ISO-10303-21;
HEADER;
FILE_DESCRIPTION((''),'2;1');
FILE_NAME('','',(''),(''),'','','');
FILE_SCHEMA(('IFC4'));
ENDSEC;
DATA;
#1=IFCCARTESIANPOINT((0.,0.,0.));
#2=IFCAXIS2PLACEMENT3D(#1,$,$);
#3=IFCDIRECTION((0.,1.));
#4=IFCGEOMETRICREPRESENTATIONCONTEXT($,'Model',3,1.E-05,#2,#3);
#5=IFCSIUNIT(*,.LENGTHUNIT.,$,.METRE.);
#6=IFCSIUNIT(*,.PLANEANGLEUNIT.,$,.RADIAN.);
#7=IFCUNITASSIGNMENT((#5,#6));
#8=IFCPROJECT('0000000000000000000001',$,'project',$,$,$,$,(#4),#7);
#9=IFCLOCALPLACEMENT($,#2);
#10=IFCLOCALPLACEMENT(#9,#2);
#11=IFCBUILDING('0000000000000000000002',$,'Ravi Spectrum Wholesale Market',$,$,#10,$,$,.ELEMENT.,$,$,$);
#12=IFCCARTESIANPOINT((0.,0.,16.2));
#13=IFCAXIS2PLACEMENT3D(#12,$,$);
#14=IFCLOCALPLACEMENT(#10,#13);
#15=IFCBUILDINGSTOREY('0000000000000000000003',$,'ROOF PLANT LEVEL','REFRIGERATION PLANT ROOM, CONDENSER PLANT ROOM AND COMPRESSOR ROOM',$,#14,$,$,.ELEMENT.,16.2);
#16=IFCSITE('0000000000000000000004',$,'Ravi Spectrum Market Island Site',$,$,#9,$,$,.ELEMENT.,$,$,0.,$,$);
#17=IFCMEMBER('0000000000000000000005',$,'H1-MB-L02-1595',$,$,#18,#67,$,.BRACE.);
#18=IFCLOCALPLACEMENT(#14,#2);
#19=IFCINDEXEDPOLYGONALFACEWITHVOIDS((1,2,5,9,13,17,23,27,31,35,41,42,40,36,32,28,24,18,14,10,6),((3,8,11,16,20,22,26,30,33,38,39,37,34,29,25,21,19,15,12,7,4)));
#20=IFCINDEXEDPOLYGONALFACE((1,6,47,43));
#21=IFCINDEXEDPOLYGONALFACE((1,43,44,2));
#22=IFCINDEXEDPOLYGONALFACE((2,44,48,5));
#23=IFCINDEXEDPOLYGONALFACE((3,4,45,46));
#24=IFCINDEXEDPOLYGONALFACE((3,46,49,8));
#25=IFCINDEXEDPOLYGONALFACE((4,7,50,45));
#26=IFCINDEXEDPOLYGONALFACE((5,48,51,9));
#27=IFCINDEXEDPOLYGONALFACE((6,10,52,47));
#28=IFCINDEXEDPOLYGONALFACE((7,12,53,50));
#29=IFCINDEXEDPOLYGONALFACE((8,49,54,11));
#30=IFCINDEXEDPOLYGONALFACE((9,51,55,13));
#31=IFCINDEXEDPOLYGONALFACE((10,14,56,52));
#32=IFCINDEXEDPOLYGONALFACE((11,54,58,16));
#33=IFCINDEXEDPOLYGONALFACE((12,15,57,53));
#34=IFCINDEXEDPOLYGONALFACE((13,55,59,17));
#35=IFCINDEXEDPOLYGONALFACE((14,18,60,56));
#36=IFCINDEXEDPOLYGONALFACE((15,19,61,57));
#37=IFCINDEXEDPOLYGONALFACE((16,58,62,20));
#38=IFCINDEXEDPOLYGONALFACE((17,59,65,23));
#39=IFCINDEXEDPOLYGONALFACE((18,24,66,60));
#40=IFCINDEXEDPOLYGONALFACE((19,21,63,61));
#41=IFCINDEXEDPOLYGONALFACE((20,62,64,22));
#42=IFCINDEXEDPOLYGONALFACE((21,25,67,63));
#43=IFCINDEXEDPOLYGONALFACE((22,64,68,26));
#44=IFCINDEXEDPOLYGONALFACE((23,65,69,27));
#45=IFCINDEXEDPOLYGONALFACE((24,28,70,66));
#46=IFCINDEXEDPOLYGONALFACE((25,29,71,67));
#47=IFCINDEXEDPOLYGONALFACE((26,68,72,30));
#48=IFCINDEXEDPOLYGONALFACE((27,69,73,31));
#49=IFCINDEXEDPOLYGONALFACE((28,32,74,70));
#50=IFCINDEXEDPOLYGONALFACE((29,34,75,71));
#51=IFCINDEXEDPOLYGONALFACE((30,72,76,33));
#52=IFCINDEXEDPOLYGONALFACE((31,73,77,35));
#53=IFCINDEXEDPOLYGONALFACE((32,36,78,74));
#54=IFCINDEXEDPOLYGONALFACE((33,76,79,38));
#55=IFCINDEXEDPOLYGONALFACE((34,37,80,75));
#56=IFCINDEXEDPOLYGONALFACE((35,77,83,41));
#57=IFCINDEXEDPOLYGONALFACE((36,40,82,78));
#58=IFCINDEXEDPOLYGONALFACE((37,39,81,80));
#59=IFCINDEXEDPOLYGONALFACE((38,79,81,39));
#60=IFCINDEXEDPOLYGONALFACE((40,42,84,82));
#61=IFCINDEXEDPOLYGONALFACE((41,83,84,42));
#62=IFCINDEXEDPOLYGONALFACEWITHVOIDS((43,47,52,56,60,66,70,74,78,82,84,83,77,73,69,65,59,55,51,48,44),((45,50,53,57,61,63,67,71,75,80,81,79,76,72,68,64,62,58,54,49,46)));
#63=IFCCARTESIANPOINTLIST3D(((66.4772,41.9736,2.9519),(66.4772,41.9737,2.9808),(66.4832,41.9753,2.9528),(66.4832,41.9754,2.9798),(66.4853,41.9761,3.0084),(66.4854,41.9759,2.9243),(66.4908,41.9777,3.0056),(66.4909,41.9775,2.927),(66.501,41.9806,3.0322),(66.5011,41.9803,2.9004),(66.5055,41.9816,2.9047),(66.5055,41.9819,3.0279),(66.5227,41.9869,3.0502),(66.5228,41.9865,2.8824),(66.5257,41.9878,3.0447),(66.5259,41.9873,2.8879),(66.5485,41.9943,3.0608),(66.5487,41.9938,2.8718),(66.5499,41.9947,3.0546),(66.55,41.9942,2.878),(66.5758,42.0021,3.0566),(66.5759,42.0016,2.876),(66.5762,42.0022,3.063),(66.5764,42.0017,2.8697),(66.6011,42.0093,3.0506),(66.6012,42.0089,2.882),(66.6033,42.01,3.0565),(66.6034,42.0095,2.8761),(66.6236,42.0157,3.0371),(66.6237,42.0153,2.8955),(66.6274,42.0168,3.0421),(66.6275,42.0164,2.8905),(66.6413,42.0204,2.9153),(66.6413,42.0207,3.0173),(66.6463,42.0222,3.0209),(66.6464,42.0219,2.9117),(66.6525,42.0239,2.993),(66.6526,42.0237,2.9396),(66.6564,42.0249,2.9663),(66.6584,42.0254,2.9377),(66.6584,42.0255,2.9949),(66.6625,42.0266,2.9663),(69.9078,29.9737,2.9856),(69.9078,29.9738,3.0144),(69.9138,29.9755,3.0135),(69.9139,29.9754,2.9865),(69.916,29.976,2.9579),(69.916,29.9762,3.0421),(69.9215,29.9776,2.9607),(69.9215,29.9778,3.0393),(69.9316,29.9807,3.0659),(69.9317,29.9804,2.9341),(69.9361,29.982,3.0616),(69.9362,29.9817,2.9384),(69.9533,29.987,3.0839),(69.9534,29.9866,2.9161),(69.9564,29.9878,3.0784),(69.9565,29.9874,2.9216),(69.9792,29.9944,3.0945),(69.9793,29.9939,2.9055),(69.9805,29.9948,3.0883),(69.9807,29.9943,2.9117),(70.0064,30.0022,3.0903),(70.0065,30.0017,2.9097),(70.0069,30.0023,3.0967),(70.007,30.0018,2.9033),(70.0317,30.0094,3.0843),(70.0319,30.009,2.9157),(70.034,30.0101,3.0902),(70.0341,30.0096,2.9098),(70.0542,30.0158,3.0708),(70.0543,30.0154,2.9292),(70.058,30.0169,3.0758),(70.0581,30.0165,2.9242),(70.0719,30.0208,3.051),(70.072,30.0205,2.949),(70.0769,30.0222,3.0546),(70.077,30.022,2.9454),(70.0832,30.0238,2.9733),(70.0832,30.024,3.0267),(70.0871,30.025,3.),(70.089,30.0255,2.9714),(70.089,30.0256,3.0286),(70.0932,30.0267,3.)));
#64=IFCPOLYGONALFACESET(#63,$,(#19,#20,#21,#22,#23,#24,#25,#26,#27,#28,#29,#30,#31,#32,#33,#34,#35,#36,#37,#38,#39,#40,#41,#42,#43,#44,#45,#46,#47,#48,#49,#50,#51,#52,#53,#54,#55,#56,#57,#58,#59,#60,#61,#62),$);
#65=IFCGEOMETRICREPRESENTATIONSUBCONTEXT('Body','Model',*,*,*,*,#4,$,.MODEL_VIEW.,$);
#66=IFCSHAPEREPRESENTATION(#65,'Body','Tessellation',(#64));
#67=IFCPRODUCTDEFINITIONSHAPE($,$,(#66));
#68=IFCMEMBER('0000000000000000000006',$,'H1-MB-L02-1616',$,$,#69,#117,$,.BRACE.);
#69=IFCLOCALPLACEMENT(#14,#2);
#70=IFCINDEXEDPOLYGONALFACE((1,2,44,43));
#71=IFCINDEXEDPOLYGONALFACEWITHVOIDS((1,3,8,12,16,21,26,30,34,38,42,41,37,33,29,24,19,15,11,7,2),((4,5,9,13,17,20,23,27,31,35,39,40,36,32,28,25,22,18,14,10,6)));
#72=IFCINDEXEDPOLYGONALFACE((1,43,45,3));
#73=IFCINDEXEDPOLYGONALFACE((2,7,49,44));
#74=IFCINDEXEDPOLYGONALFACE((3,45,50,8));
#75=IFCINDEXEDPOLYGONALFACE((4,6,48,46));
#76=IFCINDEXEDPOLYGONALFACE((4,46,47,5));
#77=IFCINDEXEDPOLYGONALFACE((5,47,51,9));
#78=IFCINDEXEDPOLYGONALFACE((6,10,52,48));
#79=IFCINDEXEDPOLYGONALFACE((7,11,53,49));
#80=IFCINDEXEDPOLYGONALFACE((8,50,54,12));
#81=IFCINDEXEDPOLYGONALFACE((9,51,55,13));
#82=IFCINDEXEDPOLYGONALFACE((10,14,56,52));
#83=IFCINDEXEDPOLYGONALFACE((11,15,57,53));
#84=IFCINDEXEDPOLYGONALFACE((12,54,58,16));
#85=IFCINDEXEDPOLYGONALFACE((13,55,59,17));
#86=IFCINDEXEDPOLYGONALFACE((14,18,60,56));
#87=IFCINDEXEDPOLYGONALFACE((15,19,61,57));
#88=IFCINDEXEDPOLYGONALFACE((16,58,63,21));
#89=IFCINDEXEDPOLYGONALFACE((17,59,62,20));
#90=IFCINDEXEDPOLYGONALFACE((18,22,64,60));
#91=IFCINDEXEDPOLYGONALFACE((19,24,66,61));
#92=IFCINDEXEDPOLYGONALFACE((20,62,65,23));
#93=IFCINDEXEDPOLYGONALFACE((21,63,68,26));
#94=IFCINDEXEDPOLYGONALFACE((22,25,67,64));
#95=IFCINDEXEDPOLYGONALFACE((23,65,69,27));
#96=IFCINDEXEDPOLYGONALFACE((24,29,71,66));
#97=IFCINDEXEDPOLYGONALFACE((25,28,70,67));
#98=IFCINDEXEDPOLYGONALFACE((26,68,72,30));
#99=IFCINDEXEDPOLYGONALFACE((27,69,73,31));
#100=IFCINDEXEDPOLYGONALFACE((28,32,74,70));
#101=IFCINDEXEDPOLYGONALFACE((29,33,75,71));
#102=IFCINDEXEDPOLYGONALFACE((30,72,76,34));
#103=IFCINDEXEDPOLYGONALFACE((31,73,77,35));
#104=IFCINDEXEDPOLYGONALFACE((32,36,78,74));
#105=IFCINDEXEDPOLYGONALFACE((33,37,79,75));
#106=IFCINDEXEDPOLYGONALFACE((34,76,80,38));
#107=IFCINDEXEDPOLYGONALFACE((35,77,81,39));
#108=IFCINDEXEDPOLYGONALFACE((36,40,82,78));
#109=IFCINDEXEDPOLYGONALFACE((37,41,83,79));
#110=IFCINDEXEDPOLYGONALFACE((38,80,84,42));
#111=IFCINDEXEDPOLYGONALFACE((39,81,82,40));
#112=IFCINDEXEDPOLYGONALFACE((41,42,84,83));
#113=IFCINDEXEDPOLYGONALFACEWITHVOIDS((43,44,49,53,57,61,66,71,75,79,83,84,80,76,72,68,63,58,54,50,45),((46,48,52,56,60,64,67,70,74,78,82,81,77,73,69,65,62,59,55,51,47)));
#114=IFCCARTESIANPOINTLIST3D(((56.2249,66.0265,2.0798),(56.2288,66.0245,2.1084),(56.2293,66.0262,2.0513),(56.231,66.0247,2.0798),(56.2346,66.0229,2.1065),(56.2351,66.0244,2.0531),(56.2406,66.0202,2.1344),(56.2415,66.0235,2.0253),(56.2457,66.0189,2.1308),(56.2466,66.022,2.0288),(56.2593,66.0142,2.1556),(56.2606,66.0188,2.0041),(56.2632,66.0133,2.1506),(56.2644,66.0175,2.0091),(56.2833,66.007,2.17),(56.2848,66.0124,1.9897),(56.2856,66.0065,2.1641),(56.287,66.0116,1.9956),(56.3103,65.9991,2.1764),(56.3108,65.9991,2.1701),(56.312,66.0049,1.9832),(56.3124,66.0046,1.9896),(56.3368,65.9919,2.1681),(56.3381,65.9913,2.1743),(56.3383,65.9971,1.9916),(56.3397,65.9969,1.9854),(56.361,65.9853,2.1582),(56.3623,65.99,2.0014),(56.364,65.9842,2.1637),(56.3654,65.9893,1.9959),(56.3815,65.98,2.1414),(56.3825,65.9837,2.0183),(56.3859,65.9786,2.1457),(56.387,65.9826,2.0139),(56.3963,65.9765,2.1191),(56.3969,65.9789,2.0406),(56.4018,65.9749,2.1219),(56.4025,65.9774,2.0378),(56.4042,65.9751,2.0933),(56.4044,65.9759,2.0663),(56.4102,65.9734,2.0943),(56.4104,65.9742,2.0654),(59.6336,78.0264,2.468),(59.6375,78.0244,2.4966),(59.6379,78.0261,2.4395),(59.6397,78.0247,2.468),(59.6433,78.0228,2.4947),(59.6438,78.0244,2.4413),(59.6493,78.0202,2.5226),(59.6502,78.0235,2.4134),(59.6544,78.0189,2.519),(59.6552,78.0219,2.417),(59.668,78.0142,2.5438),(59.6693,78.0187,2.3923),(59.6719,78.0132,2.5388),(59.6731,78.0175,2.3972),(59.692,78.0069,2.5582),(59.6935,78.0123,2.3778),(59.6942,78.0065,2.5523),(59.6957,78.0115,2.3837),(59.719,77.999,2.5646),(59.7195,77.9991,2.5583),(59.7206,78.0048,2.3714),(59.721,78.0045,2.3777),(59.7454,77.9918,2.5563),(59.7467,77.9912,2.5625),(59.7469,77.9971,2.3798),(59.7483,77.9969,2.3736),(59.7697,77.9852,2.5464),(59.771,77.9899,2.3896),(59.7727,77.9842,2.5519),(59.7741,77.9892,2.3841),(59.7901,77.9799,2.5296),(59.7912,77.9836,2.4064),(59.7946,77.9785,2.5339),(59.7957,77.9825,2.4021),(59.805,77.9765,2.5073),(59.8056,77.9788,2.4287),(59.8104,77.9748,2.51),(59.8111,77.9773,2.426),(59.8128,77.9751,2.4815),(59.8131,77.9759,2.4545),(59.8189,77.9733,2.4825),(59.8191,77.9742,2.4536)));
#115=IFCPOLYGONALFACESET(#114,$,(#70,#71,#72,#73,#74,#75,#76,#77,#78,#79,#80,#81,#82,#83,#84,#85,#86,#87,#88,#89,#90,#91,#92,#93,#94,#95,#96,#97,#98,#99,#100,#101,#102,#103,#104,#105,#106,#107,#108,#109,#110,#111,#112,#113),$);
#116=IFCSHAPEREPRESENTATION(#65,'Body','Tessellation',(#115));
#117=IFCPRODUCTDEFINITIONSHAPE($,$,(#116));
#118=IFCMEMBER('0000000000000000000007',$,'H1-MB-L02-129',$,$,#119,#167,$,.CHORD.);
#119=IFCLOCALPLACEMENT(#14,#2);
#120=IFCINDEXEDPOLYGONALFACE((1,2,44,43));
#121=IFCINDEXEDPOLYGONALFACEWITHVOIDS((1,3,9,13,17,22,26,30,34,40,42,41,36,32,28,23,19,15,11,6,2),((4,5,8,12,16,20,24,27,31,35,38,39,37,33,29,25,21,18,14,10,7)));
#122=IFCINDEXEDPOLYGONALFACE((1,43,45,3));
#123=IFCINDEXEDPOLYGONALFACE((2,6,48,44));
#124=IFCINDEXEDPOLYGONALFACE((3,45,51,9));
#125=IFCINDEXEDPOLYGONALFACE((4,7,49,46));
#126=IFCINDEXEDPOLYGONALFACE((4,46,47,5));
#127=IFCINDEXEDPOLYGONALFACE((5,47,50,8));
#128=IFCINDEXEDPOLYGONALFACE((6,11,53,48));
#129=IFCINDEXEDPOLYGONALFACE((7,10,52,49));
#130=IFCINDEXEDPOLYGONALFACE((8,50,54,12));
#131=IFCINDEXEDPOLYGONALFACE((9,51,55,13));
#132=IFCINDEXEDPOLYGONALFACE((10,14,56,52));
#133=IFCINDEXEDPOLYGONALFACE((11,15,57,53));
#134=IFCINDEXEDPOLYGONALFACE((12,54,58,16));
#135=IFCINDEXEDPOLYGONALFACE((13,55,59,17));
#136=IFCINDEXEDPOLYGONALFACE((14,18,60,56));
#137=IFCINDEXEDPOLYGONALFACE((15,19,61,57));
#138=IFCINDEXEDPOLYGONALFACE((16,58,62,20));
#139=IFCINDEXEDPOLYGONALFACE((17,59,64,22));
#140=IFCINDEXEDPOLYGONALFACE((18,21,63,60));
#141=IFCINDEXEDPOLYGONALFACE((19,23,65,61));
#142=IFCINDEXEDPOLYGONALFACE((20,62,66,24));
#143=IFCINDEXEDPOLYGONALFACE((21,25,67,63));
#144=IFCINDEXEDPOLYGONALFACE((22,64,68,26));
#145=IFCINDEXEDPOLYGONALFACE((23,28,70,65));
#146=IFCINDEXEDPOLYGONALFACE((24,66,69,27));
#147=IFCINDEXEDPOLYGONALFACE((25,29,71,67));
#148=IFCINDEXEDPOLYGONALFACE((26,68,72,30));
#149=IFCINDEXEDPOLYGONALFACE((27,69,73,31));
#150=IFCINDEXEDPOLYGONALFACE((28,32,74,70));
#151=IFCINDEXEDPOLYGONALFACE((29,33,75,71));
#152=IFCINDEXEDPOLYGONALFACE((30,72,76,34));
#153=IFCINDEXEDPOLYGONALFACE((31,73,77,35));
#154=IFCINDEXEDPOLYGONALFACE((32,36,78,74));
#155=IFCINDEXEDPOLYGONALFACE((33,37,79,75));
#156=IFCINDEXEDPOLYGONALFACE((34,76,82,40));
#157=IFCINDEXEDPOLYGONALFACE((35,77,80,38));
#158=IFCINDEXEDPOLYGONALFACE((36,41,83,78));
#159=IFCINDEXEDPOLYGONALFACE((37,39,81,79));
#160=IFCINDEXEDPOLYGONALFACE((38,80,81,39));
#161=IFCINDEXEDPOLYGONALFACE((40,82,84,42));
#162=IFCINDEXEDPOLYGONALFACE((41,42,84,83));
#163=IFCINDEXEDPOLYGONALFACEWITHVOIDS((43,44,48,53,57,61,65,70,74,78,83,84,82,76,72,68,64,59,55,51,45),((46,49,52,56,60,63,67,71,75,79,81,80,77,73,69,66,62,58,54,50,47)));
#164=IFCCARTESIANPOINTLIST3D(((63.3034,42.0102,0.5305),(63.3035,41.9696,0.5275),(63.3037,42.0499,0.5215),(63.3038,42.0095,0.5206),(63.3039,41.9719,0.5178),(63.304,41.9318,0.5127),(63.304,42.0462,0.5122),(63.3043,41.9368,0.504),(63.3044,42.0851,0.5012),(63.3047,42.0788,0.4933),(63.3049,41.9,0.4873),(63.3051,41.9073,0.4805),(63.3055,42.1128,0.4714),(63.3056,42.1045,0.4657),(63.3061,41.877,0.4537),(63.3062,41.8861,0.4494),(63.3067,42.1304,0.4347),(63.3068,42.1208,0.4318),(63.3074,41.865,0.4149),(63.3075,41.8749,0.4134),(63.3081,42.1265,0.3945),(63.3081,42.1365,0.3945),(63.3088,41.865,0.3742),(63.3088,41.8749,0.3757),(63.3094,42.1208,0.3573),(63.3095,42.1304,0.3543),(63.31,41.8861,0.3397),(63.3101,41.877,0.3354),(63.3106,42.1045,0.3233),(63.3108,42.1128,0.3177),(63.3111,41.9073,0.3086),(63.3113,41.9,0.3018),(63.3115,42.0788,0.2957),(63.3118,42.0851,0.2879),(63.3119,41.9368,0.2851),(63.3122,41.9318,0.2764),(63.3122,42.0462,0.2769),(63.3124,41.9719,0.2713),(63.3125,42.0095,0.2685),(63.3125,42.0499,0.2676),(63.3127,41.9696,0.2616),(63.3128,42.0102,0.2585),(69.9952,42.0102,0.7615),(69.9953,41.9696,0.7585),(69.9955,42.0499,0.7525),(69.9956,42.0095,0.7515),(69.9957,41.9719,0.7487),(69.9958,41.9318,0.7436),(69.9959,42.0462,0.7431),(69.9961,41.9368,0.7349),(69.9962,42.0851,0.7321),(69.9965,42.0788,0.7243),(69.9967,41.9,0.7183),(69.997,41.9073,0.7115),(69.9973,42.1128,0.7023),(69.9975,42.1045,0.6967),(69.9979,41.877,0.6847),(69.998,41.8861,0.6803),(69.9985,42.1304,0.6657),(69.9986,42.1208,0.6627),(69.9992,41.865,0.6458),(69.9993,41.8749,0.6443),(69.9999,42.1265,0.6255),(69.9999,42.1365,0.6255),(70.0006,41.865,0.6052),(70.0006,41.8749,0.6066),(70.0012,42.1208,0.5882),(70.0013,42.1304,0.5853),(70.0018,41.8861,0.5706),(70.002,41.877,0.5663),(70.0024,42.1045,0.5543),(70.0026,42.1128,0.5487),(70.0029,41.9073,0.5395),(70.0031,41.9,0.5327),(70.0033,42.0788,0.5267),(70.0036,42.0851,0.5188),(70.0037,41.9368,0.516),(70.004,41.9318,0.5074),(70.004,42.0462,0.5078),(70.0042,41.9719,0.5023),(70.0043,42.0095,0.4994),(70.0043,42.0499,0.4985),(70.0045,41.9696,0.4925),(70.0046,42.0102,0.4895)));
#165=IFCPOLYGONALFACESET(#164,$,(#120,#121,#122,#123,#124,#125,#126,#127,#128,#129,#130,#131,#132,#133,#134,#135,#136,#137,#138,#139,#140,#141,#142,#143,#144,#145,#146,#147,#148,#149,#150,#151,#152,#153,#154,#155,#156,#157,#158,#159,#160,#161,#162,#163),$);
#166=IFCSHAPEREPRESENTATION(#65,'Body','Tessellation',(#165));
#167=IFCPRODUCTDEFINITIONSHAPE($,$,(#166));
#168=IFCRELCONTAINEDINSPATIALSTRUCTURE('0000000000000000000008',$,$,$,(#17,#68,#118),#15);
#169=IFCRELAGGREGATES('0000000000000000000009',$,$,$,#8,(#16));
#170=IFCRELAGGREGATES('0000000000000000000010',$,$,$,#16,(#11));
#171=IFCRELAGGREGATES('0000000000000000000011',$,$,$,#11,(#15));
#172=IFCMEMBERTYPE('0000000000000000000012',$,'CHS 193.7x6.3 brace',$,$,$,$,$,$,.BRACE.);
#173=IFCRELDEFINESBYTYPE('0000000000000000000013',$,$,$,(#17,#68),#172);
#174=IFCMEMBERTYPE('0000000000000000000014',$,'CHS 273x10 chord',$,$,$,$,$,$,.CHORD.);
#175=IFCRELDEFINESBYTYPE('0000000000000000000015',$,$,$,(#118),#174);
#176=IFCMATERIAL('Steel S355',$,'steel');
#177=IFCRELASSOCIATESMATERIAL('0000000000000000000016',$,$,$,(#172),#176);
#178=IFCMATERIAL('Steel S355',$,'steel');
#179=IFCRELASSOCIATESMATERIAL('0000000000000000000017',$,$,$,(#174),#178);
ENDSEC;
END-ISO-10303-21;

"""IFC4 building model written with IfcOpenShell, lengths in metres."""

from ifc_helpers import new_model, si_unit, direction, frame, origin, origin_2d, place, context, subcontext, project, spatial, hollow_circle, extrude, material, material_profile, profile_set, type_object, element, save


model = new_model("IFC4")

# Units and contexts
model_context = context("Model", 3, precision=1e-05, world=origin(), true_north=direction((0.0, 1.0)))
body_context = subcontext(model_context, "Body", "Model", "MODEL_VIEW")
ifc_project = project(units=[si_unit("LENGTHUNIT", "METRE"), si_unit("PLANEANGLEUNIT", "RADIAN")], contexts=[model_context])

# Site, building, storey
site_placement = place(None, origin())
site = spatial("IfcSite", under=ifc_project, at=site_placement, Name="Ravi Spectrum Market Island Site", CompositionType="ELEMENT", RefElevation=0.0)
building_placement = place(site_placement, origin())
building = spatial("IfcBuilding", under=site, at=building_placement, Name="Ravi Spectrum Wholesale Market", CompositionType="ELEMENT")
storey_placement = place(building_placement, frame((0.0, 0.0, 16.2)))
storey = spatial("IfcBuildingStorey", under=building, at=storey_placement, Name="ROOF PLANT LEVEL", Description="REFRIGERATION PLANT ROOM, CONDENSER PLANT ROOM AND COMPRESSOR ROOM", CompositionType="ELEMENT", Elevation=16.2)

# Members
ifc_material_1 = material(Name="Steel S355", Category="steel")
ifc_material_profile_1 = material_profile(ifc_material_1, hollow_circle(Radius=0.0969, WallThickness=0.0063, at=origin_2d()))
ifc_profile_set_1 = profile_set([ifc_material_profile_1], Name="Steel S355")
member_type_1 = type_object("IfcMemberType", Name="CHS 193.7x6.3 brace", PredefinedType="BRACE", material=ifc_profile_set_1)
for number, where, z_axis, x_axis, name in (
    (1, (66.5693, 42.0, 2.9663), (0.274875, -0.961476, 0.002699), (0.96148, 0.274876, 0.0), "H1-MB-L02-1595"),
    (2, (56.3181, 66.0, 2.0798), (0.273115, 0.961478, 0.031103), (-0.961944, 0.273247, 0.0), "H1-MB-L02-1616"),
):
    element("IfcMember", number, at=place(storey_placement, frame(where, z_axis=z_axis, x_axis=x_axis)), inside=storey, type_object=member_type_1, Name=name, PredefinedType="BRACE", context=body_context, shape_type="SweptSolid", body=[
        extrude(hollow_circle(Radius=0.0969, WallThickness=0.0063, at=origin_2d()), origin(), (0.0, 0.0, 1.0), 12.4807),
    ])
ifc_material_2 = material(Name="Steel S355", Category="steel")
ifc_material_profile_2 = material_profile(ifc_material_2, hollow_circle(Radius=0.1365, WallThickness=0.01, at=origin_2d()))
ifc_profile_set_2 = profile_set([ifc_material_profile_2], Name="Steel S355")
member_type_2 = type_object("IfcMemberType", Name="CHS 273x10 chord", PredefinedType="CHORD", material=ifc_profile_set_2)
member_1_placement = place(storey_placement, frame((63.3081, 42.0, 0.3945), z_axis=(0.999405, 0.0, 0.034492), x_axis=(0.0, 1.0, 0.0)))
element("IfcMember", 3, at=member_1_placement, inside=storey, type_object=member_type_2, Name="H1-MB-L02-129", PredefinedType="CHORD", context=body_context, shape_type="SweptSolid", body=[
    extrude(hollow_circle(Radius=0.1365, WallThickness=0.01, at=origin_2d()), origin(), (0.0, 0.0, 1.0), 6.6958),
])

save(model, "model.ifc")
